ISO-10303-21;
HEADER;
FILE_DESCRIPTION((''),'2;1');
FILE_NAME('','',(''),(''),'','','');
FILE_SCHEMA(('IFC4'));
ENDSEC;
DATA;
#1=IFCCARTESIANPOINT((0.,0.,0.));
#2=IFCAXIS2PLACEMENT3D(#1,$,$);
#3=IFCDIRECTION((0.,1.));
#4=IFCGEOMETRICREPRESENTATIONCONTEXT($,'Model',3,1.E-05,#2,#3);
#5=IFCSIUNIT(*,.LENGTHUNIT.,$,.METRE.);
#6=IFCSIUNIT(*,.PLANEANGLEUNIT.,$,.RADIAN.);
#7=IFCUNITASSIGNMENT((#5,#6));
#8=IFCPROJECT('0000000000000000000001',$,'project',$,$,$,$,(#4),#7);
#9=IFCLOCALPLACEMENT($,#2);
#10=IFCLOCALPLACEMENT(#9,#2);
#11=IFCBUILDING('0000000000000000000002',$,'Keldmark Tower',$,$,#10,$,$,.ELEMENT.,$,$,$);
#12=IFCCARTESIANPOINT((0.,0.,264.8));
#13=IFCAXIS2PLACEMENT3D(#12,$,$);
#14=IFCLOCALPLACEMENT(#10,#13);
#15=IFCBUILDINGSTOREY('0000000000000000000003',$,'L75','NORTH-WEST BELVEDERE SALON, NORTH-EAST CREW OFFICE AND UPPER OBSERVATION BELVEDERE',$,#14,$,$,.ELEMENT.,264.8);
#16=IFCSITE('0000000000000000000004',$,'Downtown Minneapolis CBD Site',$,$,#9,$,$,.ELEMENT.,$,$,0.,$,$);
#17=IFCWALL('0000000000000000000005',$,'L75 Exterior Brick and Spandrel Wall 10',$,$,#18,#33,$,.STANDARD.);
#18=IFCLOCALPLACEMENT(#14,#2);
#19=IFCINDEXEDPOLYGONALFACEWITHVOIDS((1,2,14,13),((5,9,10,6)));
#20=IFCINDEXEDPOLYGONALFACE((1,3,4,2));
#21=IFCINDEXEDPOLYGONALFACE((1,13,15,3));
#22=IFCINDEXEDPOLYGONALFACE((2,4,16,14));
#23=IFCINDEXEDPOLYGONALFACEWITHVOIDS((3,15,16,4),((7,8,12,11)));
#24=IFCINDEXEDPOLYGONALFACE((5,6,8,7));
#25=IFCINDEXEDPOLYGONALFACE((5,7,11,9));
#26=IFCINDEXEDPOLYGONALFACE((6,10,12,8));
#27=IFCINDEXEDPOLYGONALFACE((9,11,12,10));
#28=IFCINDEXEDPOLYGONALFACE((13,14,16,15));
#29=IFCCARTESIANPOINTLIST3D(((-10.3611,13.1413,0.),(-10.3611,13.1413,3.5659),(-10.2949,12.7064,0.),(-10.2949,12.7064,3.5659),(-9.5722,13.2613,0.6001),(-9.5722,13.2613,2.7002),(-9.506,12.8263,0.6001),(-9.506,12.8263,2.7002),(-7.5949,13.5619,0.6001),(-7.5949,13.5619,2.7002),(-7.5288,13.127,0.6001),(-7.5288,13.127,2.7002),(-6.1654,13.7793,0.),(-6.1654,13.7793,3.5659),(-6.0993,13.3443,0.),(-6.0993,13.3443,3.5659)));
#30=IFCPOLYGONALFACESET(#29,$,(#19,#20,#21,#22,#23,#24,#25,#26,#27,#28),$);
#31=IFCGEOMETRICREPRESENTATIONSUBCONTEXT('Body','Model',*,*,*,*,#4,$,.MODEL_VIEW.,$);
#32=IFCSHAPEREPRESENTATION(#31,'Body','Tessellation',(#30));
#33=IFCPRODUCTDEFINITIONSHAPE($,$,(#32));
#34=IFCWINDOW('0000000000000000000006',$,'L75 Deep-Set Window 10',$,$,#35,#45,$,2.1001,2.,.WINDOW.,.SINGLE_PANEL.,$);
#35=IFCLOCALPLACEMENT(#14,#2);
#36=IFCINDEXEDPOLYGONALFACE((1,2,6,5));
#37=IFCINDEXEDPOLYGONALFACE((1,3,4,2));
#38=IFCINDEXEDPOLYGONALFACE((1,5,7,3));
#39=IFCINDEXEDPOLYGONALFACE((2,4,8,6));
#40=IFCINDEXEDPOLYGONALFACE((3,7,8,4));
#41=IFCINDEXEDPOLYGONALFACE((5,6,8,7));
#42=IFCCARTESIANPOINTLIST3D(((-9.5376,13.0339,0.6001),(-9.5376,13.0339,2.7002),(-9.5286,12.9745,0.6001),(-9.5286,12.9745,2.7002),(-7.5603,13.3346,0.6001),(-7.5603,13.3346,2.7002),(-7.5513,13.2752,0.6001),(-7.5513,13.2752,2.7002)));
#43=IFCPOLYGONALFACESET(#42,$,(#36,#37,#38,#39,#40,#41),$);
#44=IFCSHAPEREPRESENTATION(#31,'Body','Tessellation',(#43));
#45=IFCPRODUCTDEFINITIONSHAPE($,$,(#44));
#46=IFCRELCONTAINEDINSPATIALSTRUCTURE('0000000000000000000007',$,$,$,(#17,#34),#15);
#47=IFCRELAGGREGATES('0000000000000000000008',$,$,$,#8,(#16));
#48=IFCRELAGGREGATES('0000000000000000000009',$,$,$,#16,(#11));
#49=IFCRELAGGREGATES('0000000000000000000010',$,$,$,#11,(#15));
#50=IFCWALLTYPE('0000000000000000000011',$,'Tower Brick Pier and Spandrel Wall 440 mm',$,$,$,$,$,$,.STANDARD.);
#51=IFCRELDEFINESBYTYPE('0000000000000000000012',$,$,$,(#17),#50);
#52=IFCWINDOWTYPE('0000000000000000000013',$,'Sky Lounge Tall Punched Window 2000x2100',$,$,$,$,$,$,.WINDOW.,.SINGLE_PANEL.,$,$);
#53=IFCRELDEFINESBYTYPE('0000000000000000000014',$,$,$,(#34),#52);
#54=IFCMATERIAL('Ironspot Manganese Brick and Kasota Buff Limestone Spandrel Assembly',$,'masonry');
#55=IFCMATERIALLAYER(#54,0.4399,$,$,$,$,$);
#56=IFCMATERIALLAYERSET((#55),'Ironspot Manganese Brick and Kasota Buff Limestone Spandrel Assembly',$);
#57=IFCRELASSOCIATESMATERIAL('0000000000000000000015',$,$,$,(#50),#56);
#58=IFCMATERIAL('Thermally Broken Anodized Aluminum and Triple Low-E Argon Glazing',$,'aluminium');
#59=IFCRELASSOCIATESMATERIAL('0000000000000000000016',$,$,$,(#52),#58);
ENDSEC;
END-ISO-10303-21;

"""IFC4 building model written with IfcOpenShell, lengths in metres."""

from ifc_helpers import new_model, si_unit, direction, frame, frame_2d, origin, place, context, subcontext, project, spatial, rectangle, extrude, material, layer, layer_set, type_object, element, fill, save


model = new_model("IFC4")

# Units and contexts
model_context = context("Model", 3, precision=1e-05, world=origin(), true_north=direction((0.0, 1.0)))
body_context = subcontext(model_context, "Body", "Model", "MODEL_VIEW")
ifc_project = project(units=[si_unit("LENGTHUNIT", "METRE"), si_unit("PLANEANGLEUNIT", "RADIAN")], contexts=[model_context])

# Site, building, storey
site_placement = place(None, origin())
site = spatial("IfcSite", under=ifc_project, at=site_placement, Name="Downtown Minneapolis CBD Site", CompositionType="ELEMENT", RefElevation=0.0)
building_placement = place(site_placement, origin())
building = spatial("IfcBuilding", under=site, at=building_placement, Name="Keldmark Tower", CompositionType="ELEMENT")
storey_placement = place(building_placement, frame((0.0, 0.0, 264.8)))
storey = spatial("IfcBuildingStorey", under=building, at=storey_placement, Name="L75", Description="NORTH-WEST BELVEDERE SALON, NORTH-EAST CREW OFFICE AND UPPER OBSERVATION BELVEDERE", CompositionType="ELEMENT", Elevation=264.8)

# Wall, opening, window
ifc_material_1 = material(Name="Ironspot Manganese Brick and Kasota Buff Limestone Spandrel Assembly", Category="masonry")
ifc_layer_1 = layer(ifc_material_1, 0.4399)
ifc_layer_set_1 = layer_set([ifc_layer_1], Name="Ironspot Manganese Brick and Kasota Buff Limestone Spandrel Assembly")
wall_type_1 = type_object("IfcWallType", Name="Tower Brick Pier and Spandrel Wall 440 mm", PredefinedType="STANDARD", material=ifc_layer_set_1)
ifc_material_2 = material(Name="Thermally Broken Anodized Aluminum and Triple Low-E Argon Glazing", Category="aluminium")
window_type = type_object("IfcWindowType", Name="Sky Lounge Tall Punched Window 2000x2100", PartitioningType="SINGLE_PANEL", PredefinedType="WINDOW", material=ifc_material_2)
wall_1_placement = place(storey_placement, frame((-10.3281, 12.9238, 0.0), z_axis=(0.0, 0.0, 1.0), x_axis=(0.988637, 0.150323, 0.0)))
wall_1 = element("IfcWall", 1, at=wall_1_placement, inside=storey, type_object=wall_type_1, Name="L75 Exterior Brick and Spandrel Wall 10", PredefinedType="STANDARD", context=body_context, shape_type="SweptSolid", body=[
    extrude(rectangle(XDim=4.2439, YDim=0.4399, at=frame_2d((2.1221, 0.0))), origin(), (0.0, 0.0, 1.0), 3.5659),
])
opening_1_placement = place(wall_1_placement, frame((0.7981, 0.0, 0.6001)))
opening_1 = element("IfcOpeningElement", 2, at=opening_1_placement, cuts=wall_1, PredefinedType="OPENING", context=body_context, shape_type="SweptSolid", body=[
    extrude(rectangle(XDim=2.0, YDim=2.1001, at=frame_2d((1.0, 1.05))), frame((0.0, 0.23, 0.0), z_axis=(0.0, -1.0, 0.0), x_axis=(1.0, 0.0, 0.0)), (0.0, 0.0, 1.0), 0.46),
])
window_1_placement = place(opening_1_placement, origin())
window_1 = element("IfcWindow", 3, at=window_1_placement, inside=storey, type_object=window_type, Name="L75 Deep-Set Window 10", OverallHeight=2.1001, OverallWidth=2.0, PartitioningType="SINGLE_PANEL", PredefinedType="WINDOW", context=body_context, shape_type="SweptSolid", body=[
    extrude(rectangle(XDim=2.0, YDim=2.1001, at=frame_2d((1.0, 1.05))), frame((0.0, -0.01, 0.0), z_axis=(0.0, -1.0, 0.0), x_axis=(1.0, 0.0, 0.0)), (0.0, 0.0, 1.0), 0.0601),
])
fill(opening_1, window_1)

save(model, "model.ifc")
